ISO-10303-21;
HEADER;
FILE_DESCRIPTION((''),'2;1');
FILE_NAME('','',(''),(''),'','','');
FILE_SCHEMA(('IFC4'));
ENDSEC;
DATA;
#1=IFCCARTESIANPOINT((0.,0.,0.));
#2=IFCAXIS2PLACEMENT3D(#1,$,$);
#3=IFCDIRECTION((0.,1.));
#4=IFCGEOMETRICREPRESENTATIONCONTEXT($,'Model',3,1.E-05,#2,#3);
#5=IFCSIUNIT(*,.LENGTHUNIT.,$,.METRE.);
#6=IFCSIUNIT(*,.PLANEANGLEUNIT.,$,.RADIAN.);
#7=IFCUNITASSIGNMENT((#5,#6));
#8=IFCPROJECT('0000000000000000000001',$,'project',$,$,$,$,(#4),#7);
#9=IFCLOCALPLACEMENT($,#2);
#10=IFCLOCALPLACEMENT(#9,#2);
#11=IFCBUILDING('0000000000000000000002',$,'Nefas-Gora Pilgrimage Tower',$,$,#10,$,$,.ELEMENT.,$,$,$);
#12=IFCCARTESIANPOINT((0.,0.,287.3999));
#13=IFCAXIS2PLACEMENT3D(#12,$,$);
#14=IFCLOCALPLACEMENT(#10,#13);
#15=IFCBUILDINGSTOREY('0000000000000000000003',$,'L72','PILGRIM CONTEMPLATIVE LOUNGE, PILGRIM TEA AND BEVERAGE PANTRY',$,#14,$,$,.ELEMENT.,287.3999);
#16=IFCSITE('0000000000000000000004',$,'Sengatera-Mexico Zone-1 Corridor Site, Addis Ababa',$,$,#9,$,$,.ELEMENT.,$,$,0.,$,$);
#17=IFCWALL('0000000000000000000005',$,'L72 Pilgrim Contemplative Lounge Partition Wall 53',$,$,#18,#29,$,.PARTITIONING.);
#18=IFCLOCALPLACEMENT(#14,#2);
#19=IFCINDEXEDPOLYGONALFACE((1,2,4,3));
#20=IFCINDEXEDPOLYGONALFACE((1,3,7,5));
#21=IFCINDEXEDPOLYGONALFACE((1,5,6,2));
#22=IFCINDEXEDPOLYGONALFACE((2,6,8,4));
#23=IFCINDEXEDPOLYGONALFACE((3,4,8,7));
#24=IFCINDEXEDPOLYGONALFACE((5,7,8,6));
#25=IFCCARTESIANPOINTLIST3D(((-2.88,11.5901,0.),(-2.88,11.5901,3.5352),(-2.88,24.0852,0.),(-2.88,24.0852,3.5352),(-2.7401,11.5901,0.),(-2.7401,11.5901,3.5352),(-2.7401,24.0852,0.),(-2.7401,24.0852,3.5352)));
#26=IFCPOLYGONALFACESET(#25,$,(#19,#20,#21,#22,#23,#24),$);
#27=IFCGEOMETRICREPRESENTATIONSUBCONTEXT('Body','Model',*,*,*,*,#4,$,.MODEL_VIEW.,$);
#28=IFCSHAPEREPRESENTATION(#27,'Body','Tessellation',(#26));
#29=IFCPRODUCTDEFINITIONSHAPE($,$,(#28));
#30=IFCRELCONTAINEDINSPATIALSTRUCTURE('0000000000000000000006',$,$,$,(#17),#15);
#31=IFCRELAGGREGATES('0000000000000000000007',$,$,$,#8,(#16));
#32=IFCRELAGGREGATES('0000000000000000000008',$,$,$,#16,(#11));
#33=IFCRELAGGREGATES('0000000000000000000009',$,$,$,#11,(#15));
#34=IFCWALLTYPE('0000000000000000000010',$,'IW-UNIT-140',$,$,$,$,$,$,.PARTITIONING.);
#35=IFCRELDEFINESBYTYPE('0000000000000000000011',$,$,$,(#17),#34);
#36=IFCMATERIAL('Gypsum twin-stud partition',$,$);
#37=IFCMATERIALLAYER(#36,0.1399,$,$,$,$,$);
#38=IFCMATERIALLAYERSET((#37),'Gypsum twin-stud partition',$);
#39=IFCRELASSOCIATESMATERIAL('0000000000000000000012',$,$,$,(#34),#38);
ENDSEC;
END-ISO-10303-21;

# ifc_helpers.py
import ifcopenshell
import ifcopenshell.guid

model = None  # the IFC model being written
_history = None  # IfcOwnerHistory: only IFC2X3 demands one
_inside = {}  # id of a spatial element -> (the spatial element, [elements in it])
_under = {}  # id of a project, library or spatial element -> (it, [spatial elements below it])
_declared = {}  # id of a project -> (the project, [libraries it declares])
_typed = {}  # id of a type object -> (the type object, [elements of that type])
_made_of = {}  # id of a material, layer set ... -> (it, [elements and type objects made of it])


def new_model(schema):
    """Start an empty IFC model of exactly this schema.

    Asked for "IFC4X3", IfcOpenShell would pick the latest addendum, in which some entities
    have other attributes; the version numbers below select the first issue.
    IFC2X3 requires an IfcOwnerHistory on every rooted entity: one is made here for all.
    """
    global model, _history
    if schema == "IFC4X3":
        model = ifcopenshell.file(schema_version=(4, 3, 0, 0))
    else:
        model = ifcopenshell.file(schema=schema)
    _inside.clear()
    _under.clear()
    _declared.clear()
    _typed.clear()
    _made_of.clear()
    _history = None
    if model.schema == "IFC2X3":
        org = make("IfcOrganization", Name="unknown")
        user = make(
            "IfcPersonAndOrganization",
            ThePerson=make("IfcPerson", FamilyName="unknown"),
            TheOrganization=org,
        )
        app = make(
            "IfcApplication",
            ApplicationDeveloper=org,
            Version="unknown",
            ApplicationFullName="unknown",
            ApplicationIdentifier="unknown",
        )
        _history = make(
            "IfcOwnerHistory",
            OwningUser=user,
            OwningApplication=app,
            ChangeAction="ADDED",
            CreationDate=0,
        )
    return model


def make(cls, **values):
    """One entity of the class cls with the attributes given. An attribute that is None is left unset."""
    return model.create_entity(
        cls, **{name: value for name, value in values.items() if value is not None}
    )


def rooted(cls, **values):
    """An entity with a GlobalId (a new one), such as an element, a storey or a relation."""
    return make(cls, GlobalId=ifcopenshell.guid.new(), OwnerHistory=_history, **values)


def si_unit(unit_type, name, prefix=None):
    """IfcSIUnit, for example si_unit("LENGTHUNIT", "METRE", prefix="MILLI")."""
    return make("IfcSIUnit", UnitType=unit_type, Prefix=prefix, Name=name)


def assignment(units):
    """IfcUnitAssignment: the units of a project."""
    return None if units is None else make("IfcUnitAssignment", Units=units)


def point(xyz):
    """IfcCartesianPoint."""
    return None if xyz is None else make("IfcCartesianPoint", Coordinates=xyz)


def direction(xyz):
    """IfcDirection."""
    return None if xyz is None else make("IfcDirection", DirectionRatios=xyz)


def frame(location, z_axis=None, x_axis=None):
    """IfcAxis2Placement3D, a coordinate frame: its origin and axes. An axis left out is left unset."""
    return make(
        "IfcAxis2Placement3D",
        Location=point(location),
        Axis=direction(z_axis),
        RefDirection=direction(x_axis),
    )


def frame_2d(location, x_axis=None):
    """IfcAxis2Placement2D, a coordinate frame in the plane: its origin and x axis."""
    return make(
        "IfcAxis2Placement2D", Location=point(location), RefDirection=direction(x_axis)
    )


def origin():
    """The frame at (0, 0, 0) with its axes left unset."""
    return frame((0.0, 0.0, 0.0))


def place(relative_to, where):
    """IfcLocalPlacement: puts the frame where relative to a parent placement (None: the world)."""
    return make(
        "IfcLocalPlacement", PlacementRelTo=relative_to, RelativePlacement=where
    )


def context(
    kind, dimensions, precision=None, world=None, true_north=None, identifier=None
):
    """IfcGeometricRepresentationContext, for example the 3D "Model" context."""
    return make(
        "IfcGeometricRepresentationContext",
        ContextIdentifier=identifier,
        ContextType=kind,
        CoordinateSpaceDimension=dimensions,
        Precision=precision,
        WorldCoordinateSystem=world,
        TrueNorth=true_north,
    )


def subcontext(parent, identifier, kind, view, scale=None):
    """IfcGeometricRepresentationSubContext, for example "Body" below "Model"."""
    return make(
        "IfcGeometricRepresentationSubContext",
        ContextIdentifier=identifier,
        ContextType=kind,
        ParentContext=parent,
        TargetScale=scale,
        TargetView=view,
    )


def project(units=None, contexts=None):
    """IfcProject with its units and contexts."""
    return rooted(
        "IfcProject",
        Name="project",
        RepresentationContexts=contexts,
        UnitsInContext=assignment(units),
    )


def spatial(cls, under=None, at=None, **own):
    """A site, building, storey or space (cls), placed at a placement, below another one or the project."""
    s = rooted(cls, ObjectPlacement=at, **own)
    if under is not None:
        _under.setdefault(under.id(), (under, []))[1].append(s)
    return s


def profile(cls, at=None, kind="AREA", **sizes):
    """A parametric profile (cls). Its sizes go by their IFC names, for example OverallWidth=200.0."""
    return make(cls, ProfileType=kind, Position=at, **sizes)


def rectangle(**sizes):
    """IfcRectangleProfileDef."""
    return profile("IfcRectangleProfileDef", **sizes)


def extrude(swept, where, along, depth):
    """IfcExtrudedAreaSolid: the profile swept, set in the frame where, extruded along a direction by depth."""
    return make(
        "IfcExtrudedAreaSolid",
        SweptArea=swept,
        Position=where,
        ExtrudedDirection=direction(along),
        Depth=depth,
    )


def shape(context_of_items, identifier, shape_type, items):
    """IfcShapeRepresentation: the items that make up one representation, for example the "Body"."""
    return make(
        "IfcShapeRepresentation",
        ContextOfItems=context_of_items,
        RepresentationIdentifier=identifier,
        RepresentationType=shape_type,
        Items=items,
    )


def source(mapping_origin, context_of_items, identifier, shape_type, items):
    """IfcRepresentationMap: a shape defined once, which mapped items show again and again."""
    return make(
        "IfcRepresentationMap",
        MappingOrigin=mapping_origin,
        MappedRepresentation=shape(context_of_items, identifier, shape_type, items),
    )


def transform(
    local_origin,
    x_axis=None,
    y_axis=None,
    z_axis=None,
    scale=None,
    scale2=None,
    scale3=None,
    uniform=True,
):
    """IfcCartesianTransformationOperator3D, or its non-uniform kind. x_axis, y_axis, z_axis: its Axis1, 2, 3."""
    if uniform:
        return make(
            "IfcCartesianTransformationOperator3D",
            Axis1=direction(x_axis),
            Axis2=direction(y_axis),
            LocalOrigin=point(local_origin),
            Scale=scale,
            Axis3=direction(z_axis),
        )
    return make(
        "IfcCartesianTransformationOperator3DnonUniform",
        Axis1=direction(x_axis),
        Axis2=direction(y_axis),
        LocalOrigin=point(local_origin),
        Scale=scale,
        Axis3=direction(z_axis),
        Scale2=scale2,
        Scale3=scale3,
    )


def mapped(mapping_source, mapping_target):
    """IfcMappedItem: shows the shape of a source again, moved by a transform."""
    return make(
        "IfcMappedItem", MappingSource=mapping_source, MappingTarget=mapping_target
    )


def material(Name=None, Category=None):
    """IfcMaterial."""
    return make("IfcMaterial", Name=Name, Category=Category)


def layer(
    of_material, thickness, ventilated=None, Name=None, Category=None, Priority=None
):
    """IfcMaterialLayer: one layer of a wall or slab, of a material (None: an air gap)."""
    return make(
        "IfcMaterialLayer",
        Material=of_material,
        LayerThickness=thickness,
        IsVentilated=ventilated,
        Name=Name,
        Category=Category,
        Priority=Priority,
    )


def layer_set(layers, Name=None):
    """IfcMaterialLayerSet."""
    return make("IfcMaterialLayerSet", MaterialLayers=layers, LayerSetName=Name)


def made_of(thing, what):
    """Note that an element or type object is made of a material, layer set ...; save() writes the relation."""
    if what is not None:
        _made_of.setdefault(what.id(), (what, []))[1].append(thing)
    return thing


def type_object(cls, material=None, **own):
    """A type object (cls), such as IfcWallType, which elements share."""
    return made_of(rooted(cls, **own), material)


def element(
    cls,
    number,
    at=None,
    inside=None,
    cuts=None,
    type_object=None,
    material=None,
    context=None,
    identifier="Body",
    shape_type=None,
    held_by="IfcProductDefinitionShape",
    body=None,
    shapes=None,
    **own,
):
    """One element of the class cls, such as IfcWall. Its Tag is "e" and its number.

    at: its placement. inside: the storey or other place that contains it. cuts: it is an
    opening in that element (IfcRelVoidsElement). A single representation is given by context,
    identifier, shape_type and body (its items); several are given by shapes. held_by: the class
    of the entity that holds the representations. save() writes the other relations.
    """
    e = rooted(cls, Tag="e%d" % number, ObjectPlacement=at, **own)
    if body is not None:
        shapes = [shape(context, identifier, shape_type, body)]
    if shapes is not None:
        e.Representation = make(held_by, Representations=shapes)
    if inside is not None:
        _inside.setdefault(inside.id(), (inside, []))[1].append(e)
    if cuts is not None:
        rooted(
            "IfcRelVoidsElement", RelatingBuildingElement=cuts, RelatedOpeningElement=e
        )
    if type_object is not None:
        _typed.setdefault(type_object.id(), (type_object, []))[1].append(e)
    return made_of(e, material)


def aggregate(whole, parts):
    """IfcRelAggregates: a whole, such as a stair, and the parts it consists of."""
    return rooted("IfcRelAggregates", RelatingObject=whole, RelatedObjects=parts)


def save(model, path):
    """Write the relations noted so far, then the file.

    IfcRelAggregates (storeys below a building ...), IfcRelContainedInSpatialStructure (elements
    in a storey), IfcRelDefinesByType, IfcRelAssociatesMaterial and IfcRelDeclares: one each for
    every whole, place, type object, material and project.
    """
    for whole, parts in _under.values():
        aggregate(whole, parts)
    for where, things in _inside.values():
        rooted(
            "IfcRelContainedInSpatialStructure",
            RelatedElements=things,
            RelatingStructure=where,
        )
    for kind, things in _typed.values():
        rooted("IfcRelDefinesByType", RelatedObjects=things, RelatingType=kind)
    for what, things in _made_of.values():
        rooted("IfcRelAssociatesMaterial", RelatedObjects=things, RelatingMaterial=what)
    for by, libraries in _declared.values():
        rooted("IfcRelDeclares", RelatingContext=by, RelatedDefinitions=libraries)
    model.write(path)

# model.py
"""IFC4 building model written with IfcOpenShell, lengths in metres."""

from ifc_helpers import new_model, si_unit, direction, frame, frame_2d, origin, place, context, subcontext, project, spatial, rectangle, extrude, source, transform, mapped, material, layer, layer_set, type_object, element, save


model = new_model("IFC4")

# Units and contexts
model_context = context("Model", 3, precision=1e-05, world=origin(), true_north=direction((0.0, 1.0)))
body_context = subcontext(model_context, "Body", "Model", "MODEL_VIEW")
ifc_project = project(units=[si_unit("LENGTHUNIT", "METRE"), si_unit("PLANEANGLEUNIT", "RADIAN")], contexts=[model_context])

# Site, building, storey
site_placement = place(None, origin())
site = spatial("IfcSite", under=ifc_project, at=site_placement, Name="Sengatera-Mexico Zone-1 Corridor Site, Addis Ababa", CompositionType="ELEMENT", RefElevation=0.0)
building_placement = place(site_placement, origin())
building = spatial("IfcBuilding", under=site, at=building_placement, Name="Nefas-Gora Pilgrimage Tower", CompositionType="ELEMENT")
storey_placement = place(building_placement, frame((0.0, 0.0, 287.3999)))
storey = spatial("IfcBuildingStorey", under=building, at=storey_placement, Name="L72", Description="PILGRIM CONTEMPLATIVE LOUNGE, PILGRIM TEA AND BEVERAGE PANTRY", CompositionType="ELEMENT", Elevation=287.3999)

# Wall
ifc_material_1 = material(Name="Gypsum twin-stud partition")
ifc_layer_1 = layer(ifc_material_1, 0.1399)
ifc_layer_set_1 = layer_set([ifc_layer_1], Name="Gypsum twin-stud partition")
wall_type_1 = type_object("IfcWallType", Name="IW-UNIT-140", PredefinedType="PARTITIONING", material=ifc_layer_set_1)
shared_shape_1 = source(origin(), body_context, "Body", "SweptSolid", [
    extrude(rectangle(XDim=12.4951, YDim=0.1399, at=frame_2d((6.2476, 0.0))), origin(), (0.0, 0.0, 1.0), 3.5352),
])
wall_1_placement = place(storey_placement, frame((-2.8101, 11.5901, 0.0), z_axis=(0.0, 0.0, 1.0), x_axis=(0.0, 1.0, 0.0)))
element("IfcWall", 1, at=wall_1_placement, inside=storey, type_object=wall_type_1, Name="L72 Pilgrim Contemplative Lounge Partition Wall 53", PredefinedType="PARTITIONING", context=body_context, shape_type="MappedRepresentation", body=[
    mapped(shared_shape_1, transform((0.0, 0.0, 0.0), x_axis=(1.0, 0.0, 0.0), y_axis=(0.0, 1.0, 0.0), z_axis=(0.0, 0.0, 1.0), scale=1.0)),
])

save(model, "model.ifc")
